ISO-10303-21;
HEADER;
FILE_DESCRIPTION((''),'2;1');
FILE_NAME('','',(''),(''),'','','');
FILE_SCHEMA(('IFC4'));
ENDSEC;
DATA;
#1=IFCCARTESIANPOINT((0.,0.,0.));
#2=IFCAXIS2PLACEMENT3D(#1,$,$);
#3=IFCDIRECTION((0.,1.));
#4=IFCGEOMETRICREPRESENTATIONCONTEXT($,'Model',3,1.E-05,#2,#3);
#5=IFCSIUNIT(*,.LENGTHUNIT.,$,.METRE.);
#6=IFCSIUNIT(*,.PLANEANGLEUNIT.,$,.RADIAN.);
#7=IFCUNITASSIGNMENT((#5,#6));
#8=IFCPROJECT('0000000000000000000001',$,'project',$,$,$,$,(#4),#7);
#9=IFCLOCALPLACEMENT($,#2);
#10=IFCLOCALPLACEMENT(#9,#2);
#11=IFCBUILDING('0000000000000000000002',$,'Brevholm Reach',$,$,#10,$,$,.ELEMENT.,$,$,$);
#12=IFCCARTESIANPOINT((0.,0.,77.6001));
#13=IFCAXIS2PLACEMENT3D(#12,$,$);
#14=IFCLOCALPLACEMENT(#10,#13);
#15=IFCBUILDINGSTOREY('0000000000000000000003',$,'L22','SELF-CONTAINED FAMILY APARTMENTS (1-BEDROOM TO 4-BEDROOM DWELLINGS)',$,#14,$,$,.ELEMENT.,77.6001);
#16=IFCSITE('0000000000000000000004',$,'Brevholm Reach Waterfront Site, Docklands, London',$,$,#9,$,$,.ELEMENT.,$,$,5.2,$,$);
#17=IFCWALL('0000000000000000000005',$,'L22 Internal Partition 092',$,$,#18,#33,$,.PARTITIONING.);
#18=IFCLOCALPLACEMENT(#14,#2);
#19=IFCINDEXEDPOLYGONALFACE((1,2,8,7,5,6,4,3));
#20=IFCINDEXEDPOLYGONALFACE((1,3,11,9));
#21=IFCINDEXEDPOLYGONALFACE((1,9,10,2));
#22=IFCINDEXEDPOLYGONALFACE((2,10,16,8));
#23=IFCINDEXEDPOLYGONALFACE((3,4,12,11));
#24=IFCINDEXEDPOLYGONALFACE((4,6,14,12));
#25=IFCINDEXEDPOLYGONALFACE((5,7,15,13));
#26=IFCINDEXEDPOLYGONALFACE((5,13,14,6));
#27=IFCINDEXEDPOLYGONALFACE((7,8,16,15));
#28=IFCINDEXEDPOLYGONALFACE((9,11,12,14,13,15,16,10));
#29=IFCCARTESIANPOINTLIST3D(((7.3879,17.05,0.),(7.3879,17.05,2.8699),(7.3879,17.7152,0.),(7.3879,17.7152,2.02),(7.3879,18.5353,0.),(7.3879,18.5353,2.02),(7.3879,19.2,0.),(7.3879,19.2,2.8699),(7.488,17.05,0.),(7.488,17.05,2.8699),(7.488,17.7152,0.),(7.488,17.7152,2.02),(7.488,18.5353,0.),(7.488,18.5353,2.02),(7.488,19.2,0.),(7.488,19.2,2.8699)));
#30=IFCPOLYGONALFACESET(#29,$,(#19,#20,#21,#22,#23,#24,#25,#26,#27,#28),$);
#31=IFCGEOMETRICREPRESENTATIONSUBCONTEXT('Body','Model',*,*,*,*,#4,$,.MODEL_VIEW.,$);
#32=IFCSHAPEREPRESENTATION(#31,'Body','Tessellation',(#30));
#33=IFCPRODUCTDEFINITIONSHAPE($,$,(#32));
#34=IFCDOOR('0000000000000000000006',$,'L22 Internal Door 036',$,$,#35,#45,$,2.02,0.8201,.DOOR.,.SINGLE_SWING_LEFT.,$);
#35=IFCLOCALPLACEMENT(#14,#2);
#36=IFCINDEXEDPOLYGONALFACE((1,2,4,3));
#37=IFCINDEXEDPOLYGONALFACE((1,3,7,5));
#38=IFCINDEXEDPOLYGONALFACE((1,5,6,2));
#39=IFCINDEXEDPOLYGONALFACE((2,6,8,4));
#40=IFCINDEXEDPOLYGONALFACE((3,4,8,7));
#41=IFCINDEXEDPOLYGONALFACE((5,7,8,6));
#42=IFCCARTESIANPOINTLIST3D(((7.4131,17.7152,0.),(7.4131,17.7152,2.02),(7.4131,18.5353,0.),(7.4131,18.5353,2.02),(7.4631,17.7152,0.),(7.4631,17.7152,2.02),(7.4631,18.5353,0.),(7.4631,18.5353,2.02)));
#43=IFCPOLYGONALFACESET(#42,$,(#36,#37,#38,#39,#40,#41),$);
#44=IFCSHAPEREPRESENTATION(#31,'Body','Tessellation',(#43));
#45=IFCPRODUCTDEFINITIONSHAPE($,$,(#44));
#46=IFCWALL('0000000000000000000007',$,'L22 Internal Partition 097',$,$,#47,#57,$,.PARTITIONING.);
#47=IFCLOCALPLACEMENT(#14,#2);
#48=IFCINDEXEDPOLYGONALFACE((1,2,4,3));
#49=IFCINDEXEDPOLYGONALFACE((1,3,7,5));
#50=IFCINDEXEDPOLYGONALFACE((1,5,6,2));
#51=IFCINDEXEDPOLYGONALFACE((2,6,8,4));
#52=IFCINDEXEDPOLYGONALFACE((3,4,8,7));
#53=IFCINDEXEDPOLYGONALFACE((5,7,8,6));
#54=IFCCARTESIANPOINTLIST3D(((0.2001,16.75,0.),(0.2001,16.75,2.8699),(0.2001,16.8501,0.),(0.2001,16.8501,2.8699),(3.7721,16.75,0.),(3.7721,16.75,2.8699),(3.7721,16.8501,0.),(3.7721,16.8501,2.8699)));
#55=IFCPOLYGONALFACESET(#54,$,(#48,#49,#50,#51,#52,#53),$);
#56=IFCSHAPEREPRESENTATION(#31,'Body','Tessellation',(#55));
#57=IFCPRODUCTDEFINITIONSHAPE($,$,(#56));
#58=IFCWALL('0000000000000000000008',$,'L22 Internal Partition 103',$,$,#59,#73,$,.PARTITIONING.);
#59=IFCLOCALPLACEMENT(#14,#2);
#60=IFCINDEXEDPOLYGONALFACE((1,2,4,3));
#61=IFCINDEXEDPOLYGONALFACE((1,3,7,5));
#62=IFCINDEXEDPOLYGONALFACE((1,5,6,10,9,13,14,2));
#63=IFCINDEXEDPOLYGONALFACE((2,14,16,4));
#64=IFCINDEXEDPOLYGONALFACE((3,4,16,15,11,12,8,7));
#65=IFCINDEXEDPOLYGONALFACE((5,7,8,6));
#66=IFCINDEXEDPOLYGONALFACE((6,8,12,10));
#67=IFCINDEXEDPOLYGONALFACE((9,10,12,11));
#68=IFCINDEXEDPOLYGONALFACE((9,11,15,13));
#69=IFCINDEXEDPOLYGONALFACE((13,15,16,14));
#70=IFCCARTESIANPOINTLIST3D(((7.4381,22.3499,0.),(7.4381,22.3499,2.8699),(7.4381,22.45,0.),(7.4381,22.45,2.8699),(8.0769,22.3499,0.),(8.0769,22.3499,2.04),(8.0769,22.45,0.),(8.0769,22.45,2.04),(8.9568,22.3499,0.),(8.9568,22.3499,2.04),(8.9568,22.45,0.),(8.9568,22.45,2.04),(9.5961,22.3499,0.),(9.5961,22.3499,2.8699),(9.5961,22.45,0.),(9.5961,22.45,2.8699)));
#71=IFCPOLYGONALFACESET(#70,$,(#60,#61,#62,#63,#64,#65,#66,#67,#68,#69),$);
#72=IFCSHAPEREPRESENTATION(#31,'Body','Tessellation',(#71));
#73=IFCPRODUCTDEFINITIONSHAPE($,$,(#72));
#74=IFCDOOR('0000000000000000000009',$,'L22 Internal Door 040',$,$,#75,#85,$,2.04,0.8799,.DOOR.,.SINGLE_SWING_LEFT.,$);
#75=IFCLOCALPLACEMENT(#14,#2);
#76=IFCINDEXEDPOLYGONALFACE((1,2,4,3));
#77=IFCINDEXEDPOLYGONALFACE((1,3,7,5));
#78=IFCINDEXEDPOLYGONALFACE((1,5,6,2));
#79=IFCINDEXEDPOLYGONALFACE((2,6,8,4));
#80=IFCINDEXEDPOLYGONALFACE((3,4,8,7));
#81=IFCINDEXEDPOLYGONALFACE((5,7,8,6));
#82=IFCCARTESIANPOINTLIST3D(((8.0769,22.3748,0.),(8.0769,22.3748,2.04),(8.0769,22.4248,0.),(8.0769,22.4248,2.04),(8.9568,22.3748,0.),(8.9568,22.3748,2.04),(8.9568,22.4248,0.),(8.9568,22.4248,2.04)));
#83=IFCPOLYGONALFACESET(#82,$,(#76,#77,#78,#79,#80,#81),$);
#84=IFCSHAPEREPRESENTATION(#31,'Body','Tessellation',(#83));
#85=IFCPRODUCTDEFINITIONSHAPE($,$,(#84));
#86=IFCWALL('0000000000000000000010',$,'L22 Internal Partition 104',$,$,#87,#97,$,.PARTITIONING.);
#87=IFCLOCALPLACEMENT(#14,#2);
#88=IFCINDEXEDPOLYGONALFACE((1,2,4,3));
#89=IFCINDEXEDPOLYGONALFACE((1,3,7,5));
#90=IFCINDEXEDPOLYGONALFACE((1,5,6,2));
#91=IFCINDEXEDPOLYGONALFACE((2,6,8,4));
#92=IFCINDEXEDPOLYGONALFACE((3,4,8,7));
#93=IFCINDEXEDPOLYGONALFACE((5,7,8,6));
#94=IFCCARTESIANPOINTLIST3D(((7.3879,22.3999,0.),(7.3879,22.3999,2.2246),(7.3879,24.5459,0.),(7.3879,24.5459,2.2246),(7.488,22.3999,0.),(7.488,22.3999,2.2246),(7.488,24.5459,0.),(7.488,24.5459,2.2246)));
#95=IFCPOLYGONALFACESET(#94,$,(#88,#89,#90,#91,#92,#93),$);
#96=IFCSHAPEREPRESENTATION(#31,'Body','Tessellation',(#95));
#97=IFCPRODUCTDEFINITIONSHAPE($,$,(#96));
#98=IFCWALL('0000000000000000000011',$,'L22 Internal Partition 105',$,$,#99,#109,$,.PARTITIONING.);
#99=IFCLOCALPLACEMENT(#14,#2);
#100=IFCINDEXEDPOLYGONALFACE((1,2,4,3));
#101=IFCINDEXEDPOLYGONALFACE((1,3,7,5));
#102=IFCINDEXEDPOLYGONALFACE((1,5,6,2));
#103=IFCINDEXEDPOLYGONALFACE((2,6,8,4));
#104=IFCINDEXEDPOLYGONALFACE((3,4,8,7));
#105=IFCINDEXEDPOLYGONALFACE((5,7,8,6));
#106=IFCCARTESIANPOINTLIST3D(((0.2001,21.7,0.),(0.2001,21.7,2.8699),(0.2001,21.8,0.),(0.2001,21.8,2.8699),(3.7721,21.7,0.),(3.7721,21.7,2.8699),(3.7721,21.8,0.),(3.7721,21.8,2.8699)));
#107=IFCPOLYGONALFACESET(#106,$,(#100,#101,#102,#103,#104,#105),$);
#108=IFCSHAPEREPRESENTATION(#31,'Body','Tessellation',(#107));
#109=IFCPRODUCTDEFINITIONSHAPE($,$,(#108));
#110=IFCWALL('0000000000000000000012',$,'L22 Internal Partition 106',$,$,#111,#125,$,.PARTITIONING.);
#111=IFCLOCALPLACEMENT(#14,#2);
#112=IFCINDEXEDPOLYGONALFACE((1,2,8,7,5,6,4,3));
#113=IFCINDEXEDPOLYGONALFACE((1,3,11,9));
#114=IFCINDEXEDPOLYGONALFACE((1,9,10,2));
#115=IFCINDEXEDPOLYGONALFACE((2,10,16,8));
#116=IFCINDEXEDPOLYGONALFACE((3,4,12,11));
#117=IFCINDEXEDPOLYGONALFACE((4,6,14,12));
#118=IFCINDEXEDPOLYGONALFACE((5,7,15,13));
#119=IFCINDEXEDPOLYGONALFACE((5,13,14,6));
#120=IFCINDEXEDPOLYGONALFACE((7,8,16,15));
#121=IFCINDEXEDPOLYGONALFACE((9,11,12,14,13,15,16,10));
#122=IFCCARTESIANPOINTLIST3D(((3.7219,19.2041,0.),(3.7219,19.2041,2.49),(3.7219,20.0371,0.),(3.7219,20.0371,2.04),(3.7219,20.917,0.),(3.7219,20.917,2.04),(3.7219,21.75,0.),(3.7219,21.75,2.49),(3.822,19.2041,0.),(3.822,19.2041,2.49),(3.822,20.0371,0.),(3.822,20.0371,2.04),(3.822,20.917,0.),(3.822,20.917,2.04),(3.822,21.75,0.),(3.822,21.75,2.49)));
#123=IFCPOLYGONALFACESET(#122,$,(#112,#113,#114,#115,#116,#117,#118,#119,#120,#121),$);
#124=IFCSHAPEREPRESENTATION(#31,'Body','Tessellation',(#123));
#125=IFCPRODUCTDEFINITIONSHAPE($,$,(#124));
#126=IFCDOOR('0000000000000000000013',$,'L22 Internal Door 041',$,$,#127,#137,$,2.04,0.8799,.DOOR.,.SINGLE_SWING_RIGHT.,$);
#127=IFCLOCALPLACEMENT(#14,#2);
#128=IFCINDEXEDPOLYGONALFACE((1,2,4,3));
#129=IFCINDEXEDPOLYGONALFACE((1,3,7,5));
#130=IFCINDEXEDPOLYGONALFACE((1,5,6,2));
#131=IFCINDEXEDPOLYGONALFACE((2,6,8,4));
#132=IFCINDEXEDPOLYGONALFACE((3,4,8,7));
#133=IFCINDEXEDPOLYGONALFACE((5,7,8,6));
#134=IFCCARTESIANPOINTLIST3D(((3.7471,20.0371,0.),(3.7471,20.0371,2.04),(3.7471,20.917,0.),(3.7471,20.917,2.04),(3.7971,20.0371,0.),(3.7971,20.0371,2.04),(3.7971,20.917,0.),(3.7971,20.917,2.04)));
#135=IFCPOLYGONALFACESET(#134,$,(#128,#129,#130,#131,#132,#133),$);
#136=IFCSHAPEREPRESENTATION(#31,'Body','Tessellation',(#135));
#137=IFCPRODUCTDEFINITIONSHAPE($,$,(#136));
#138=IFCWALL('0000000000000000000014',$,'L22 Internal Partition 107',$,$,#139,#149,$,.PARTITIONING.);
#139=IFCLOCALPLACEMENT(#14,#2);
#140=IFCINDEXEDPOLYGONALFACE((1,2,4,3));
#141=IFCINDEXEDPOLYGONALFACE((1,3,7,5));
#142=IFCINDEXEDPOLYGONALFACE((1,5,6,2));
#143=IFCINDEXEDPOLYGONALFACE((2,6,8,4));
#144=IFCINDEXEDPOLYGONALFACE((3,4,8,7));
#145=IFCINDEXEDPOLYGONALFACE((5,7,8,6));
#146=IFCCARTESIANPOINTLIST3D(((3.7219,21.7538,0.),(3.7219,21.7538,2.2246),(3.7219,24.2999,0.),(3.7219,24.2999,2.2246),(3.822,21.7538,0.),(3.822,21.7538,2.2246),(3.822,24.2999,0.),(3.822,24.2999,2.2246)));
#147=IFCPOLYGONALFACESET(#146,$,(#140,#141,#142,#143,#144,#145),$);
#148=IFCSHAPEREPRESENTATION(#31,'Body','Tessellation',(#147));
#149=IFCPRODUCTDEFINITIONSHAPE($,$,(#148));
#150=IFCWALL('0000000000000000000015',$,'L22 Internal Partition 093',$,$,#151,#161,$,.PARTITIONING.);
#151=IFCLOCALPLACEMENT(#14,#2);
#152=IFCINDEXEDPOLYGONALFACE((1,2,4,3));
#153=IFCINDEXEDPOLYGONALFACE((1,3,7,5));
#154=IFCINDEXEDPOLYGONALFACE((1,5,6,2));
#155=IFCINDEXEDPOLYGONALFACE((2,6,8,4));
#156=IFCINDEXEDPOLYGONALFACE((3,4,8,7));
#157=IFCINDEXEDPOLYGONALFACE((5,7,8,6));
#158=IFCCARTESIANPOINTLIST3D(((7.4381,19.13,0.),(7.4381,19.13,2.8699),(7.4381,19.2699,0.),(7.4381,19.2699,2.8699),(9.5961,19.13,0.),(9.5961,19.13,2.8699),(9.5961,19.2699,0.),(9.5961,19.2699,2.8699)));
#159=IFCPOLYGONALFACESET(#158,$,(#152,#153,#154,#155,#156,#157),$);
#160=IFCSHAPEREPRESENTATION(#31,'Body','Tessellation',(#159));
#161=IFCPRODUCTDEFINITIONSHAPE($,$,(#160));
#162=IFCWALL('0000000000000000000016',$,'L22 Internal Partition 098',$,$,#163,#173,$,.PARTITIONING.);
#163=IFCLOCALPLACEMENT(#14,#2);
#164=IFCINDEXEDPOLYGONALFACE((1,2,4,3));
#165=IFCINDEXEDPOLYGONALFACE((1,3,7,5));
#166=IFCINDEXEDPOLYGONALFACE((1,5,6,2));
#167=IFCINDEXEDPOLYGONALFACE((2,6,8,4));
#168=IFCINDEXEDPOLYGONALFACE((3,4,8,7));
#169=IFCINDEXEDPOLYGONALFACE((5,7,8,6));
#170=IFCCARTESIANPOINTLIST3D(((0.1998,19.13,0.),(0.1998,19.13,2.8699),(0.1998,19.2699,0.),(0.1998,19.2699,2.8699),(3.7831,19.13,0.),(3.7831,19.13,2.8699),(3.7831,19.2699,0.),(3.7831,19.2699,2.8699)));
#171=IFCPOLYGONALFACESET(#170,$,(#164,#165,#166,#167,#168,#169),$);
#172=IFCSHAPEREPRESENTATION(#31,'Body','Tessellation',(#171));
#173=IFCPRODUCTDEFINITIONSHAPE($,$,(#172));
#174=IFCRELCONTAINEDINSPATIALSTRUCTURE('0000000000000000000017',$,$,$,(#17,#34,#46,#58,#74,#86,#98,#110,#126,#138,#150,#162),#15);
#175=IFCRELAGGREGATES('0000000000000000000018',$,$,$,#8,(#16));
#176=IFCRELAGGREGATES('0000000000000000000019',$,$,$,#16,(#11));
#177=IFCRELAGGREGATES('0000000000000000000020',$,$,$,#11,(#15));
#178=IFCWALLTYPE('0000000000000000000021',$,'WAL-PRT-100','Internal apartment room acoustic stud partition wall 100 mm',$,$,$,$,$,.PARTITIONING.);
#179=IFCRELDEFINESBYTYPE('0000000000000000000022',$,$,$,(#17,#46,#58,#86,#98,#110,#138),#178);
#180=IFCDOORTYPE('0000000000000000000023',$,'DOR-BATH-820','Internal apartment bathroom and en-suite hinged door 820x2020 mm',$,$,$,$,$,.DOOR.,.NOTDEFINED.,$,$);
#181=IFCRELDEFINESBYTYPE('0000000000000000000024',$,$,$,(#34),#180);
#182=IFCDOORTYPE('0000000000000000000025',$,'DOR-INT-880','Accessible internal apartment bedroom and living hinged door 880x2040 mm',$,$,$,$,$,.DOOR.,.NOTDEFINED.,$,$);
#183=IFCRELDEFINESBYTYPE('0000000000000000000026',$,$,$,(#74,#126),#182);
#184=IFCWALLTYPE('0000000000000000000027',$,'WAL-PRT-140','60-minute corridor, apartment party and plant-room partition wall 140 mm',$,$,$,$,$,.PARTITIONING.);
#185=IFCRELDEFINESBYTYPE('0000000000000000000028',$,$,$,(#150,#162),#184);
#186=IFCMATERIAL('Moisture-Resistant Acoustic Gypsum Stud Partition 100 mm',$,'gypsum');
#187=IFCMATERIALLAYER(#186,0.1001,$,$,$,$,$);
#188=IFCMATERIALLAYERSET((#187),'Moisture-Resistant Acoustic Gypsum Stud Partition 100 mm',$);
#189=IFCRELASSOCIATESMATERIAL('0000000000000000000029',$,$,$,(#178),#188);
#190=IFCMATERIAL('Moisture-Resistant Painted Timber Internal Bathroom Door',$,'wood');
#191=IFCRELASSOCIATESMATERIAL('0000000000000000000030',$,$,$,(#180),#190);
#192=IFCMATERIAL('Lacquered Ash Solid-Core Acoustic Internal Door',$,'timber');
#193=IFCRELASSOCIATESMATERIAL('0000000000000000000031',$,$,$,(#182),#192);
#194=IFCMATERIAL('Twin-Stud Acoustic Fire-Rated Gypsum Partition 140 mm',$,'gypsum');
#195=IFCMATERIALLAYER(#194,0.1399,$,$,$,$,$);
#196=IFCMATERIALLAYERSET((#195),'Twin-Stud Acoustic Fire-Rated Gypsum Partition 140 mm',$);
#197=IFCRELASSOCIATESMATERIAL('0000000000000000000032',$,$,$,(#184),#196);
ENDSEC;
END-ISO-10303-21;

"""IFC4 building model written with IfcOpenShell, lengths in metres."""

from ifc_helpers import new_model, si_unit, direction, frame, frame_2d, origin, place, context, subcontext, project, spatial, rectangle, extrude, material, layer, layer_set, type_object, element, fill, save


model = new_model("IFC4")

# Units and contexts
model_context = context("Model", 3, precision=1e-05, world=origin(), true_north=direction((0.0, 1.0)))
body_context = subcontext(model_context, "Body", "Model", "MODEL_VIEW")
ifc_project = project(units=[si_unit("LENGTHUNIT", "METRE"), si_unit("PLANEANGLEUNIT", "RADIAN")], contexts=[model_context])

# Site, building, storey
site_placement = place(None, origin())
site = spatial("IfcSite", under=ifc_project, at=site_placement, Name="Brevholm Reach Waterfront Site, Docklands, London", CompositionType="ELEMENT", RefElevation=5.2)
building_placement = place(site_placement, origin())
building = spatial("IfcBuilding", under=site, at=building_placement, Name="Brevholm Reach", CompositionType="ELEMENT")
storey_placement = place(building_placement, frame((0.0, 0.0, 77.6001)))
storey = spatial("IfcBuildingStorey", under=building, at=storey_placement, Name="L22", Description="SELF-CONTAINED FAMILY APARTMENTS (1-BEDROOM TO 4-BEDROOM DWELLINGS)", CompositionType="ELEMENT", Elevation=77.6001)

# Shared definitions
ifc_material_1 = material(Name="Moisture-Resistant Acoustic Gypsum Stud Partition 100 mm", Category="gypsum")
ifc_layer_1 = layer(ifc_material_1, 0.1001)
ifc_layer_set_1 = layer_set([ifc_layer_1], Name="Moisture-Resistant Acoustic Gypsum Stud Partition 100 mm")
wall_type_1 = type_object("IfcWallType", Name="WAL-PRT-100", Description="Internal apartment room acoustic stud partition wall 100 mm", PredefinedType="PARTITIONING", material=ifc_layer_set_1)

# Wall, opening, door
wall_1_placement = place(storey_placement, frame((7.438, 17.05, 0.0), z_axis=(0.0, 0.0, 1.0), x_axis=(0.0, 1.0, 0.0)))
wall_1 = element("IfcWall", 1, at=wall_1_placement, inside=storey, type_object=wall_type_1, Name="L22 Internal Partition 092", PredefinedType="PARTITIONING", context=body_context, shape_type="SweptSolid", body=[
    extrude(rectangle(XDim=2.1499, YDim=0.1001, at=frame_2d((1.075, 0.0))), origin(), (0.0, 0.0, 1.0), 2.8699),
])
opening_1_placement = place(wall_1_placement, frame((0.665, 0.0, 0.0)))
opening_1 = element("IfcOpeningElement", 2, at=opening_1_placement, cuts=wall_1, PredefinedType="OPENING", context=body_context, shape_type="SweptSolid", body=[
    extrude(rectangle(XDim=0.8201, YDim=2.02, at=frame_2d((0.4102, 1.01))), frame((0.0, 0.0601, 0.0), z_axis=(0.0, -1.0, 0.0), x_axis=(1.0, 0.0, 0.0)), (0.0, 0.0, 1.0), 0.1201),
])
ifc_material_2 = material(Name="Moisture-Resistant Painted Timber Internal Bathroom Door", Category="wood")
door_type_1 = type_object("IfcDoorType", Name="DOR-BATH-820", Description="Internal apartment bathroom and en-suite hinged door 820x2020 mm", OperationType="NOTDEFINED", PredefinedType="DOOR", material=ifc_material_2)
door_1_placement = place(opening_1_placement, origin())
door_1 = element("IfcDoor", 3, at=door_1_placement, inside=storey, type_object=door_type_1, Name="L22 Internal Door 036", OperationType="SINGLE_SWING_LEFT", OverallHeight=2.02, OverallWidth=0.8201, PredefinedType="DOOR", context=body_context, shape_type="SweptSolid", body=[
    extrude(rectangle(XDim=0.8201, YDim=2.02, at=frame_2d((0.4102, 1.01))), frame((0.0, 0.0249, 0.0), z_axis=(0.0, -1.0, 0.0), x_axis=(1.0, 0.0, 0.0)), (0.0, 0.0, 1.0), 0.05),
])
fill(opening_1, door_1)

# Wall
wall_2_placement = place(storey_placement, frame((0.2, 16.8, 0.0), z_axis=(0.0, 0.0, 1.0), x_axis=(1.0, 0.0, 0.0)))
element("IfcWall", 4, at=wall_2_placement, inside=storey, type_object=wall_type_1, Name="L22 Internal Partition 097", PredefinedType="PARTITIONING", context=body_context, shape_type="SweptSolid", body=[
    extrude(rectangle(XDim=3.572, YDim=0.1001, at=frame_2d((1.7861, 0.0))), origin(), (0.0, 0.0, 1.0), 2.8699),
])

# Wall, opening, door
wall_3_placement = place(storey_placement, frame((7.438, 22.3999, 0.0), z_axis=(0.0, 0.0, 1.0), x_axis=(1.0, 0.0, 0.0)))
wall_3 = element("IfcWall", 5, at=wall_3_placement, inside=storey, type_object=wall_type_1, Name="L22 Internal Partition 103", PredefinedType="PARTITIONING", context=body_context, shape_type="SweptSolid", body=[
    extrude(rectangle(XDim=2.158, YDim=0.1001, at=frame_2d((1.0791, 0.0))), origin(), (0.0, 0.0, 1.0), 2.8699),
])
opening_2_placement = place(wall_3_placement, frame((0.6389, 0.0, 0.0)))
opening_2 = element("IfcOpeningElement", 6, at=opening_2_placement, cuts=wall_3, PredefinedType="OPENING", context=body_context, shape_type="SweptSolid", body=[
    extrude(rectangle(XDim=0.8799, YDim=2.04, at=frame_2d((0.4399, 1.02))), frame((0.0, 0.0601, 0.0), z_axis=(0.0, -1.0, 0.0), x_axis=(1.0, 0.0, 0.0)), (0.0, 0.0, 1.0), 0.1201),
])
ifc_material_3 = material(Name="Lacquered Ash Solid-Core Acoustic Internal Door", Category="timber")
door_type_2 = type_object("IfcDoorType", Name="DOR-INT-880", Description="Accessible internal apartment bedroom and living hinged door 880x2040 mm", OperationType="NOTDEFINED", PredefinedType="DOOR", material=ifc_material_3)
door_2_placement = place(opening_2_placement, origin())
door_2 = element("IfcDoor", 7, at=door_2_placement, inside=storey, type_object=door_type_2, Name="L22 Internal Door 040", OperationType="SINGLE_SWING_LEFT", OverallHeight=2.04, OverallWidth=0.8799, PredefinedType="DOOR", context=body_context, shape_type="SweptSolid", body=[
    extrude(rectangle(XDim=0.8799, YDim=2.04, at=frame_2d((0.4399, 1.02))), frame((0.0, 0.0249, 0.0), z_axis=(0.0, -1.0, 0.0), x_axis=(1.0, 0.0, 0.0)), (0.0, 0.0, 1.0), 0.05),
])
fill(opening_2, door_2)

# Walls
wall_4_placement = place(storey_placement, frame((7.438, 22.3999, 0.0), z_axis=(0.0, 0.0, 1.0), x_axis=(0.0, 1.0, 0.0)))
element("IfcWall", 8, at=wall_4_placement, inside=storey, type_object=wall_type_1, Name="L22 Internal Partition 104", PredefinedType="PARTITIONING", context=body_context, shape_type="SweptSolid", body=[
    extrude(rectangle(XDim=2.146, YDim=0.1001, at=frame_2d((1.073, 0.0))), origin(), (0.0, 0.0, 1.0), 2.2246),
])
wall_5_placement = place(storey_placement, frame((0.2, 21.75, 0.0), z_axis=(0.0, 0.0, 1.0), x_axis=(1.0, 0.0, 0.0)))
element("IfcWall", 9, at=wall_5_placement, inside=storey, type_object=wall_type_1, Name="L22 Internal Partition 105", PredefinedType="PARTITIONING", context=body_context, shape_type="SweptSolid", body=[
    extrude(rectangle(XDim=3.572, YDim=0.1001, at=frame_2d((1.7861, 0.0))), origin(), (0.0, 0.0, 1.0), 2.8699),
])

# Wall, opening, door
wall_6_placement = place(storey_placement, frame((3.772, 19.2041, 0.0), z_axis=(0.0, 0.0, 1.0), x_axis=(0.0, 1.0, 0.0)))
wall_6 = element("IfcWall", 10, at=wall_6_placement, inside=storey, type_object=wall_type_1, Name="L22 Internal Partition 106", PredefinedType="PARTITIONING", context=body_context, shape_type="SweptSolid", body=[
    extrude(rectangle(XDim=2.5459, YDim=0.1001, at=frame_2d((1.2729, 0.0))), origin(), (0.0, 0.0, 1.0), 2.49),
])
opening_3_placement = place(wall_6_placement, frame((0.833, 0.0, 0.0)))
opening_3 = element("IfcOpeningElement", 11, at=opening_3_placement, cuts=wall_6, PredefinedType="OPENING", context=body_context, shape_type="SweptSolid", body=[
    extrude(rectangle(XDim=0.8799, YDim=2.04, at=frame_2d((0.4399, 1.02))), frame((0.0, 0.0601, 0.0), z_axis=(0.0, -1.0, 0.0), x_axis=(1.0, 0.0, 0.0)), (0.0, 0.0, 1.0), 0.1201),
])
door_3_placement = place(opening_3_placement, origin())
door_3 = element("IfcDoor", 12, at=door_3_placement, inside=storey, type_object=door_type_2, Name="L22 Internal Door 041", OperationType="SINGLE_SWING_RIGHT", OverallHeight=2.04, OverallWidth=0.8799, PredefinedType="DOOR", context=body_context, shape_type="SweptSolid", body=[
    extrude(rectangle(XDim=0.8799, YDim=2.04, at=frame_2d((0.4399, 1.02))), frame((0.0, 0.0249, 0.0), z_axis=(0.0, -1.0, 0.0), x_axis=(1.0, 0.0, 0.0)), (0.0, 0.0, 1.0), 0.05),
])
fill(opening_3, door_3)

# Walls
wall_7_placement = place(storey_placement, frame((3.772, 21.7539, 0.0), z_axis=(0.0, 0.0, 1.0), x_axis=(0.0, 1.0, 0.0)))
element("IfcWall", 13, at=wall_7_placement, inside=storey, type_object=wall_type_1, Name="L22 Internal Partition 107", PredefinedType="PARTITIONING", context=body_context, shape_type="SweptSolid", body=[
    extrude(rectangle(XDim=2.5461, YDim=0.1001, at=frame_2d((1.2729, 0.0))), origin(), (0.0, 0.0, 1.0), 2.2246),
])
ifc_material_4 = material(Name="Twin-Stud Acoustic Fire-Rated Gypsum Partition 140 mm", Category="gypsum")
ifc_layer_2 = layer(ifc_material_4, 0.1399)
ifc_layer_set_2 = layer_set([ifc_layer_2], Name="Twin-Stud Acoustic Fire-Rated Gypsum Partition 140 mm")
wall_type_2 = type_object("IfcWallType", Name="WAL-PRT-140", Description="60-minute corridor, apartment party and plant-room partition wall 140 mm", PredefinedType="PARTITIONING", material=ifc_layer_set_2)
wall_8_placement = place(storey_placement, frame((7.438, 19.2, 0.0), z_axis=(0.0, 0.0, 1.0), x_axis=(1.0, 0.0, 0.0)))
element("IfcWall", 14, at=wall_8_placement, inside=storey, type_object=wall_type_2, Name="L22 Internal Partition 093", PredefinedType="PARTITIONING", context=body_context, shape_type="SweptSolid", body=[
    extrude(rectangle(XDim=2.158, YDim=0.1399, at=frame_2d((1.0791, 0.0))), origin(), (0.0, 0.0, 1.0), 2.8699),
])
wall_9_placement = place(storey_placement, frame((0.2, 19.2, 0.0), z_axis=(0.0, 0.0, 1.0), x_axis=(1.0, 0.0, 0.0)))
element("IfcWall", 15, at=wall_9_placement, inside=storey, type_object=wall_type_2, Name="L22 Internal Partition 098", PredefinedType="PARTITIONING", context=body_context, shape_type="SweptSolid", body=[
    extrude(rectangle(XDim=3.5833, YDim=0.1399, at=frame_2d((1.7915, 0.0))), origin(), (0.0, 0.0, 1.0), 2.8699),
])

save(model, "model.ifc")
